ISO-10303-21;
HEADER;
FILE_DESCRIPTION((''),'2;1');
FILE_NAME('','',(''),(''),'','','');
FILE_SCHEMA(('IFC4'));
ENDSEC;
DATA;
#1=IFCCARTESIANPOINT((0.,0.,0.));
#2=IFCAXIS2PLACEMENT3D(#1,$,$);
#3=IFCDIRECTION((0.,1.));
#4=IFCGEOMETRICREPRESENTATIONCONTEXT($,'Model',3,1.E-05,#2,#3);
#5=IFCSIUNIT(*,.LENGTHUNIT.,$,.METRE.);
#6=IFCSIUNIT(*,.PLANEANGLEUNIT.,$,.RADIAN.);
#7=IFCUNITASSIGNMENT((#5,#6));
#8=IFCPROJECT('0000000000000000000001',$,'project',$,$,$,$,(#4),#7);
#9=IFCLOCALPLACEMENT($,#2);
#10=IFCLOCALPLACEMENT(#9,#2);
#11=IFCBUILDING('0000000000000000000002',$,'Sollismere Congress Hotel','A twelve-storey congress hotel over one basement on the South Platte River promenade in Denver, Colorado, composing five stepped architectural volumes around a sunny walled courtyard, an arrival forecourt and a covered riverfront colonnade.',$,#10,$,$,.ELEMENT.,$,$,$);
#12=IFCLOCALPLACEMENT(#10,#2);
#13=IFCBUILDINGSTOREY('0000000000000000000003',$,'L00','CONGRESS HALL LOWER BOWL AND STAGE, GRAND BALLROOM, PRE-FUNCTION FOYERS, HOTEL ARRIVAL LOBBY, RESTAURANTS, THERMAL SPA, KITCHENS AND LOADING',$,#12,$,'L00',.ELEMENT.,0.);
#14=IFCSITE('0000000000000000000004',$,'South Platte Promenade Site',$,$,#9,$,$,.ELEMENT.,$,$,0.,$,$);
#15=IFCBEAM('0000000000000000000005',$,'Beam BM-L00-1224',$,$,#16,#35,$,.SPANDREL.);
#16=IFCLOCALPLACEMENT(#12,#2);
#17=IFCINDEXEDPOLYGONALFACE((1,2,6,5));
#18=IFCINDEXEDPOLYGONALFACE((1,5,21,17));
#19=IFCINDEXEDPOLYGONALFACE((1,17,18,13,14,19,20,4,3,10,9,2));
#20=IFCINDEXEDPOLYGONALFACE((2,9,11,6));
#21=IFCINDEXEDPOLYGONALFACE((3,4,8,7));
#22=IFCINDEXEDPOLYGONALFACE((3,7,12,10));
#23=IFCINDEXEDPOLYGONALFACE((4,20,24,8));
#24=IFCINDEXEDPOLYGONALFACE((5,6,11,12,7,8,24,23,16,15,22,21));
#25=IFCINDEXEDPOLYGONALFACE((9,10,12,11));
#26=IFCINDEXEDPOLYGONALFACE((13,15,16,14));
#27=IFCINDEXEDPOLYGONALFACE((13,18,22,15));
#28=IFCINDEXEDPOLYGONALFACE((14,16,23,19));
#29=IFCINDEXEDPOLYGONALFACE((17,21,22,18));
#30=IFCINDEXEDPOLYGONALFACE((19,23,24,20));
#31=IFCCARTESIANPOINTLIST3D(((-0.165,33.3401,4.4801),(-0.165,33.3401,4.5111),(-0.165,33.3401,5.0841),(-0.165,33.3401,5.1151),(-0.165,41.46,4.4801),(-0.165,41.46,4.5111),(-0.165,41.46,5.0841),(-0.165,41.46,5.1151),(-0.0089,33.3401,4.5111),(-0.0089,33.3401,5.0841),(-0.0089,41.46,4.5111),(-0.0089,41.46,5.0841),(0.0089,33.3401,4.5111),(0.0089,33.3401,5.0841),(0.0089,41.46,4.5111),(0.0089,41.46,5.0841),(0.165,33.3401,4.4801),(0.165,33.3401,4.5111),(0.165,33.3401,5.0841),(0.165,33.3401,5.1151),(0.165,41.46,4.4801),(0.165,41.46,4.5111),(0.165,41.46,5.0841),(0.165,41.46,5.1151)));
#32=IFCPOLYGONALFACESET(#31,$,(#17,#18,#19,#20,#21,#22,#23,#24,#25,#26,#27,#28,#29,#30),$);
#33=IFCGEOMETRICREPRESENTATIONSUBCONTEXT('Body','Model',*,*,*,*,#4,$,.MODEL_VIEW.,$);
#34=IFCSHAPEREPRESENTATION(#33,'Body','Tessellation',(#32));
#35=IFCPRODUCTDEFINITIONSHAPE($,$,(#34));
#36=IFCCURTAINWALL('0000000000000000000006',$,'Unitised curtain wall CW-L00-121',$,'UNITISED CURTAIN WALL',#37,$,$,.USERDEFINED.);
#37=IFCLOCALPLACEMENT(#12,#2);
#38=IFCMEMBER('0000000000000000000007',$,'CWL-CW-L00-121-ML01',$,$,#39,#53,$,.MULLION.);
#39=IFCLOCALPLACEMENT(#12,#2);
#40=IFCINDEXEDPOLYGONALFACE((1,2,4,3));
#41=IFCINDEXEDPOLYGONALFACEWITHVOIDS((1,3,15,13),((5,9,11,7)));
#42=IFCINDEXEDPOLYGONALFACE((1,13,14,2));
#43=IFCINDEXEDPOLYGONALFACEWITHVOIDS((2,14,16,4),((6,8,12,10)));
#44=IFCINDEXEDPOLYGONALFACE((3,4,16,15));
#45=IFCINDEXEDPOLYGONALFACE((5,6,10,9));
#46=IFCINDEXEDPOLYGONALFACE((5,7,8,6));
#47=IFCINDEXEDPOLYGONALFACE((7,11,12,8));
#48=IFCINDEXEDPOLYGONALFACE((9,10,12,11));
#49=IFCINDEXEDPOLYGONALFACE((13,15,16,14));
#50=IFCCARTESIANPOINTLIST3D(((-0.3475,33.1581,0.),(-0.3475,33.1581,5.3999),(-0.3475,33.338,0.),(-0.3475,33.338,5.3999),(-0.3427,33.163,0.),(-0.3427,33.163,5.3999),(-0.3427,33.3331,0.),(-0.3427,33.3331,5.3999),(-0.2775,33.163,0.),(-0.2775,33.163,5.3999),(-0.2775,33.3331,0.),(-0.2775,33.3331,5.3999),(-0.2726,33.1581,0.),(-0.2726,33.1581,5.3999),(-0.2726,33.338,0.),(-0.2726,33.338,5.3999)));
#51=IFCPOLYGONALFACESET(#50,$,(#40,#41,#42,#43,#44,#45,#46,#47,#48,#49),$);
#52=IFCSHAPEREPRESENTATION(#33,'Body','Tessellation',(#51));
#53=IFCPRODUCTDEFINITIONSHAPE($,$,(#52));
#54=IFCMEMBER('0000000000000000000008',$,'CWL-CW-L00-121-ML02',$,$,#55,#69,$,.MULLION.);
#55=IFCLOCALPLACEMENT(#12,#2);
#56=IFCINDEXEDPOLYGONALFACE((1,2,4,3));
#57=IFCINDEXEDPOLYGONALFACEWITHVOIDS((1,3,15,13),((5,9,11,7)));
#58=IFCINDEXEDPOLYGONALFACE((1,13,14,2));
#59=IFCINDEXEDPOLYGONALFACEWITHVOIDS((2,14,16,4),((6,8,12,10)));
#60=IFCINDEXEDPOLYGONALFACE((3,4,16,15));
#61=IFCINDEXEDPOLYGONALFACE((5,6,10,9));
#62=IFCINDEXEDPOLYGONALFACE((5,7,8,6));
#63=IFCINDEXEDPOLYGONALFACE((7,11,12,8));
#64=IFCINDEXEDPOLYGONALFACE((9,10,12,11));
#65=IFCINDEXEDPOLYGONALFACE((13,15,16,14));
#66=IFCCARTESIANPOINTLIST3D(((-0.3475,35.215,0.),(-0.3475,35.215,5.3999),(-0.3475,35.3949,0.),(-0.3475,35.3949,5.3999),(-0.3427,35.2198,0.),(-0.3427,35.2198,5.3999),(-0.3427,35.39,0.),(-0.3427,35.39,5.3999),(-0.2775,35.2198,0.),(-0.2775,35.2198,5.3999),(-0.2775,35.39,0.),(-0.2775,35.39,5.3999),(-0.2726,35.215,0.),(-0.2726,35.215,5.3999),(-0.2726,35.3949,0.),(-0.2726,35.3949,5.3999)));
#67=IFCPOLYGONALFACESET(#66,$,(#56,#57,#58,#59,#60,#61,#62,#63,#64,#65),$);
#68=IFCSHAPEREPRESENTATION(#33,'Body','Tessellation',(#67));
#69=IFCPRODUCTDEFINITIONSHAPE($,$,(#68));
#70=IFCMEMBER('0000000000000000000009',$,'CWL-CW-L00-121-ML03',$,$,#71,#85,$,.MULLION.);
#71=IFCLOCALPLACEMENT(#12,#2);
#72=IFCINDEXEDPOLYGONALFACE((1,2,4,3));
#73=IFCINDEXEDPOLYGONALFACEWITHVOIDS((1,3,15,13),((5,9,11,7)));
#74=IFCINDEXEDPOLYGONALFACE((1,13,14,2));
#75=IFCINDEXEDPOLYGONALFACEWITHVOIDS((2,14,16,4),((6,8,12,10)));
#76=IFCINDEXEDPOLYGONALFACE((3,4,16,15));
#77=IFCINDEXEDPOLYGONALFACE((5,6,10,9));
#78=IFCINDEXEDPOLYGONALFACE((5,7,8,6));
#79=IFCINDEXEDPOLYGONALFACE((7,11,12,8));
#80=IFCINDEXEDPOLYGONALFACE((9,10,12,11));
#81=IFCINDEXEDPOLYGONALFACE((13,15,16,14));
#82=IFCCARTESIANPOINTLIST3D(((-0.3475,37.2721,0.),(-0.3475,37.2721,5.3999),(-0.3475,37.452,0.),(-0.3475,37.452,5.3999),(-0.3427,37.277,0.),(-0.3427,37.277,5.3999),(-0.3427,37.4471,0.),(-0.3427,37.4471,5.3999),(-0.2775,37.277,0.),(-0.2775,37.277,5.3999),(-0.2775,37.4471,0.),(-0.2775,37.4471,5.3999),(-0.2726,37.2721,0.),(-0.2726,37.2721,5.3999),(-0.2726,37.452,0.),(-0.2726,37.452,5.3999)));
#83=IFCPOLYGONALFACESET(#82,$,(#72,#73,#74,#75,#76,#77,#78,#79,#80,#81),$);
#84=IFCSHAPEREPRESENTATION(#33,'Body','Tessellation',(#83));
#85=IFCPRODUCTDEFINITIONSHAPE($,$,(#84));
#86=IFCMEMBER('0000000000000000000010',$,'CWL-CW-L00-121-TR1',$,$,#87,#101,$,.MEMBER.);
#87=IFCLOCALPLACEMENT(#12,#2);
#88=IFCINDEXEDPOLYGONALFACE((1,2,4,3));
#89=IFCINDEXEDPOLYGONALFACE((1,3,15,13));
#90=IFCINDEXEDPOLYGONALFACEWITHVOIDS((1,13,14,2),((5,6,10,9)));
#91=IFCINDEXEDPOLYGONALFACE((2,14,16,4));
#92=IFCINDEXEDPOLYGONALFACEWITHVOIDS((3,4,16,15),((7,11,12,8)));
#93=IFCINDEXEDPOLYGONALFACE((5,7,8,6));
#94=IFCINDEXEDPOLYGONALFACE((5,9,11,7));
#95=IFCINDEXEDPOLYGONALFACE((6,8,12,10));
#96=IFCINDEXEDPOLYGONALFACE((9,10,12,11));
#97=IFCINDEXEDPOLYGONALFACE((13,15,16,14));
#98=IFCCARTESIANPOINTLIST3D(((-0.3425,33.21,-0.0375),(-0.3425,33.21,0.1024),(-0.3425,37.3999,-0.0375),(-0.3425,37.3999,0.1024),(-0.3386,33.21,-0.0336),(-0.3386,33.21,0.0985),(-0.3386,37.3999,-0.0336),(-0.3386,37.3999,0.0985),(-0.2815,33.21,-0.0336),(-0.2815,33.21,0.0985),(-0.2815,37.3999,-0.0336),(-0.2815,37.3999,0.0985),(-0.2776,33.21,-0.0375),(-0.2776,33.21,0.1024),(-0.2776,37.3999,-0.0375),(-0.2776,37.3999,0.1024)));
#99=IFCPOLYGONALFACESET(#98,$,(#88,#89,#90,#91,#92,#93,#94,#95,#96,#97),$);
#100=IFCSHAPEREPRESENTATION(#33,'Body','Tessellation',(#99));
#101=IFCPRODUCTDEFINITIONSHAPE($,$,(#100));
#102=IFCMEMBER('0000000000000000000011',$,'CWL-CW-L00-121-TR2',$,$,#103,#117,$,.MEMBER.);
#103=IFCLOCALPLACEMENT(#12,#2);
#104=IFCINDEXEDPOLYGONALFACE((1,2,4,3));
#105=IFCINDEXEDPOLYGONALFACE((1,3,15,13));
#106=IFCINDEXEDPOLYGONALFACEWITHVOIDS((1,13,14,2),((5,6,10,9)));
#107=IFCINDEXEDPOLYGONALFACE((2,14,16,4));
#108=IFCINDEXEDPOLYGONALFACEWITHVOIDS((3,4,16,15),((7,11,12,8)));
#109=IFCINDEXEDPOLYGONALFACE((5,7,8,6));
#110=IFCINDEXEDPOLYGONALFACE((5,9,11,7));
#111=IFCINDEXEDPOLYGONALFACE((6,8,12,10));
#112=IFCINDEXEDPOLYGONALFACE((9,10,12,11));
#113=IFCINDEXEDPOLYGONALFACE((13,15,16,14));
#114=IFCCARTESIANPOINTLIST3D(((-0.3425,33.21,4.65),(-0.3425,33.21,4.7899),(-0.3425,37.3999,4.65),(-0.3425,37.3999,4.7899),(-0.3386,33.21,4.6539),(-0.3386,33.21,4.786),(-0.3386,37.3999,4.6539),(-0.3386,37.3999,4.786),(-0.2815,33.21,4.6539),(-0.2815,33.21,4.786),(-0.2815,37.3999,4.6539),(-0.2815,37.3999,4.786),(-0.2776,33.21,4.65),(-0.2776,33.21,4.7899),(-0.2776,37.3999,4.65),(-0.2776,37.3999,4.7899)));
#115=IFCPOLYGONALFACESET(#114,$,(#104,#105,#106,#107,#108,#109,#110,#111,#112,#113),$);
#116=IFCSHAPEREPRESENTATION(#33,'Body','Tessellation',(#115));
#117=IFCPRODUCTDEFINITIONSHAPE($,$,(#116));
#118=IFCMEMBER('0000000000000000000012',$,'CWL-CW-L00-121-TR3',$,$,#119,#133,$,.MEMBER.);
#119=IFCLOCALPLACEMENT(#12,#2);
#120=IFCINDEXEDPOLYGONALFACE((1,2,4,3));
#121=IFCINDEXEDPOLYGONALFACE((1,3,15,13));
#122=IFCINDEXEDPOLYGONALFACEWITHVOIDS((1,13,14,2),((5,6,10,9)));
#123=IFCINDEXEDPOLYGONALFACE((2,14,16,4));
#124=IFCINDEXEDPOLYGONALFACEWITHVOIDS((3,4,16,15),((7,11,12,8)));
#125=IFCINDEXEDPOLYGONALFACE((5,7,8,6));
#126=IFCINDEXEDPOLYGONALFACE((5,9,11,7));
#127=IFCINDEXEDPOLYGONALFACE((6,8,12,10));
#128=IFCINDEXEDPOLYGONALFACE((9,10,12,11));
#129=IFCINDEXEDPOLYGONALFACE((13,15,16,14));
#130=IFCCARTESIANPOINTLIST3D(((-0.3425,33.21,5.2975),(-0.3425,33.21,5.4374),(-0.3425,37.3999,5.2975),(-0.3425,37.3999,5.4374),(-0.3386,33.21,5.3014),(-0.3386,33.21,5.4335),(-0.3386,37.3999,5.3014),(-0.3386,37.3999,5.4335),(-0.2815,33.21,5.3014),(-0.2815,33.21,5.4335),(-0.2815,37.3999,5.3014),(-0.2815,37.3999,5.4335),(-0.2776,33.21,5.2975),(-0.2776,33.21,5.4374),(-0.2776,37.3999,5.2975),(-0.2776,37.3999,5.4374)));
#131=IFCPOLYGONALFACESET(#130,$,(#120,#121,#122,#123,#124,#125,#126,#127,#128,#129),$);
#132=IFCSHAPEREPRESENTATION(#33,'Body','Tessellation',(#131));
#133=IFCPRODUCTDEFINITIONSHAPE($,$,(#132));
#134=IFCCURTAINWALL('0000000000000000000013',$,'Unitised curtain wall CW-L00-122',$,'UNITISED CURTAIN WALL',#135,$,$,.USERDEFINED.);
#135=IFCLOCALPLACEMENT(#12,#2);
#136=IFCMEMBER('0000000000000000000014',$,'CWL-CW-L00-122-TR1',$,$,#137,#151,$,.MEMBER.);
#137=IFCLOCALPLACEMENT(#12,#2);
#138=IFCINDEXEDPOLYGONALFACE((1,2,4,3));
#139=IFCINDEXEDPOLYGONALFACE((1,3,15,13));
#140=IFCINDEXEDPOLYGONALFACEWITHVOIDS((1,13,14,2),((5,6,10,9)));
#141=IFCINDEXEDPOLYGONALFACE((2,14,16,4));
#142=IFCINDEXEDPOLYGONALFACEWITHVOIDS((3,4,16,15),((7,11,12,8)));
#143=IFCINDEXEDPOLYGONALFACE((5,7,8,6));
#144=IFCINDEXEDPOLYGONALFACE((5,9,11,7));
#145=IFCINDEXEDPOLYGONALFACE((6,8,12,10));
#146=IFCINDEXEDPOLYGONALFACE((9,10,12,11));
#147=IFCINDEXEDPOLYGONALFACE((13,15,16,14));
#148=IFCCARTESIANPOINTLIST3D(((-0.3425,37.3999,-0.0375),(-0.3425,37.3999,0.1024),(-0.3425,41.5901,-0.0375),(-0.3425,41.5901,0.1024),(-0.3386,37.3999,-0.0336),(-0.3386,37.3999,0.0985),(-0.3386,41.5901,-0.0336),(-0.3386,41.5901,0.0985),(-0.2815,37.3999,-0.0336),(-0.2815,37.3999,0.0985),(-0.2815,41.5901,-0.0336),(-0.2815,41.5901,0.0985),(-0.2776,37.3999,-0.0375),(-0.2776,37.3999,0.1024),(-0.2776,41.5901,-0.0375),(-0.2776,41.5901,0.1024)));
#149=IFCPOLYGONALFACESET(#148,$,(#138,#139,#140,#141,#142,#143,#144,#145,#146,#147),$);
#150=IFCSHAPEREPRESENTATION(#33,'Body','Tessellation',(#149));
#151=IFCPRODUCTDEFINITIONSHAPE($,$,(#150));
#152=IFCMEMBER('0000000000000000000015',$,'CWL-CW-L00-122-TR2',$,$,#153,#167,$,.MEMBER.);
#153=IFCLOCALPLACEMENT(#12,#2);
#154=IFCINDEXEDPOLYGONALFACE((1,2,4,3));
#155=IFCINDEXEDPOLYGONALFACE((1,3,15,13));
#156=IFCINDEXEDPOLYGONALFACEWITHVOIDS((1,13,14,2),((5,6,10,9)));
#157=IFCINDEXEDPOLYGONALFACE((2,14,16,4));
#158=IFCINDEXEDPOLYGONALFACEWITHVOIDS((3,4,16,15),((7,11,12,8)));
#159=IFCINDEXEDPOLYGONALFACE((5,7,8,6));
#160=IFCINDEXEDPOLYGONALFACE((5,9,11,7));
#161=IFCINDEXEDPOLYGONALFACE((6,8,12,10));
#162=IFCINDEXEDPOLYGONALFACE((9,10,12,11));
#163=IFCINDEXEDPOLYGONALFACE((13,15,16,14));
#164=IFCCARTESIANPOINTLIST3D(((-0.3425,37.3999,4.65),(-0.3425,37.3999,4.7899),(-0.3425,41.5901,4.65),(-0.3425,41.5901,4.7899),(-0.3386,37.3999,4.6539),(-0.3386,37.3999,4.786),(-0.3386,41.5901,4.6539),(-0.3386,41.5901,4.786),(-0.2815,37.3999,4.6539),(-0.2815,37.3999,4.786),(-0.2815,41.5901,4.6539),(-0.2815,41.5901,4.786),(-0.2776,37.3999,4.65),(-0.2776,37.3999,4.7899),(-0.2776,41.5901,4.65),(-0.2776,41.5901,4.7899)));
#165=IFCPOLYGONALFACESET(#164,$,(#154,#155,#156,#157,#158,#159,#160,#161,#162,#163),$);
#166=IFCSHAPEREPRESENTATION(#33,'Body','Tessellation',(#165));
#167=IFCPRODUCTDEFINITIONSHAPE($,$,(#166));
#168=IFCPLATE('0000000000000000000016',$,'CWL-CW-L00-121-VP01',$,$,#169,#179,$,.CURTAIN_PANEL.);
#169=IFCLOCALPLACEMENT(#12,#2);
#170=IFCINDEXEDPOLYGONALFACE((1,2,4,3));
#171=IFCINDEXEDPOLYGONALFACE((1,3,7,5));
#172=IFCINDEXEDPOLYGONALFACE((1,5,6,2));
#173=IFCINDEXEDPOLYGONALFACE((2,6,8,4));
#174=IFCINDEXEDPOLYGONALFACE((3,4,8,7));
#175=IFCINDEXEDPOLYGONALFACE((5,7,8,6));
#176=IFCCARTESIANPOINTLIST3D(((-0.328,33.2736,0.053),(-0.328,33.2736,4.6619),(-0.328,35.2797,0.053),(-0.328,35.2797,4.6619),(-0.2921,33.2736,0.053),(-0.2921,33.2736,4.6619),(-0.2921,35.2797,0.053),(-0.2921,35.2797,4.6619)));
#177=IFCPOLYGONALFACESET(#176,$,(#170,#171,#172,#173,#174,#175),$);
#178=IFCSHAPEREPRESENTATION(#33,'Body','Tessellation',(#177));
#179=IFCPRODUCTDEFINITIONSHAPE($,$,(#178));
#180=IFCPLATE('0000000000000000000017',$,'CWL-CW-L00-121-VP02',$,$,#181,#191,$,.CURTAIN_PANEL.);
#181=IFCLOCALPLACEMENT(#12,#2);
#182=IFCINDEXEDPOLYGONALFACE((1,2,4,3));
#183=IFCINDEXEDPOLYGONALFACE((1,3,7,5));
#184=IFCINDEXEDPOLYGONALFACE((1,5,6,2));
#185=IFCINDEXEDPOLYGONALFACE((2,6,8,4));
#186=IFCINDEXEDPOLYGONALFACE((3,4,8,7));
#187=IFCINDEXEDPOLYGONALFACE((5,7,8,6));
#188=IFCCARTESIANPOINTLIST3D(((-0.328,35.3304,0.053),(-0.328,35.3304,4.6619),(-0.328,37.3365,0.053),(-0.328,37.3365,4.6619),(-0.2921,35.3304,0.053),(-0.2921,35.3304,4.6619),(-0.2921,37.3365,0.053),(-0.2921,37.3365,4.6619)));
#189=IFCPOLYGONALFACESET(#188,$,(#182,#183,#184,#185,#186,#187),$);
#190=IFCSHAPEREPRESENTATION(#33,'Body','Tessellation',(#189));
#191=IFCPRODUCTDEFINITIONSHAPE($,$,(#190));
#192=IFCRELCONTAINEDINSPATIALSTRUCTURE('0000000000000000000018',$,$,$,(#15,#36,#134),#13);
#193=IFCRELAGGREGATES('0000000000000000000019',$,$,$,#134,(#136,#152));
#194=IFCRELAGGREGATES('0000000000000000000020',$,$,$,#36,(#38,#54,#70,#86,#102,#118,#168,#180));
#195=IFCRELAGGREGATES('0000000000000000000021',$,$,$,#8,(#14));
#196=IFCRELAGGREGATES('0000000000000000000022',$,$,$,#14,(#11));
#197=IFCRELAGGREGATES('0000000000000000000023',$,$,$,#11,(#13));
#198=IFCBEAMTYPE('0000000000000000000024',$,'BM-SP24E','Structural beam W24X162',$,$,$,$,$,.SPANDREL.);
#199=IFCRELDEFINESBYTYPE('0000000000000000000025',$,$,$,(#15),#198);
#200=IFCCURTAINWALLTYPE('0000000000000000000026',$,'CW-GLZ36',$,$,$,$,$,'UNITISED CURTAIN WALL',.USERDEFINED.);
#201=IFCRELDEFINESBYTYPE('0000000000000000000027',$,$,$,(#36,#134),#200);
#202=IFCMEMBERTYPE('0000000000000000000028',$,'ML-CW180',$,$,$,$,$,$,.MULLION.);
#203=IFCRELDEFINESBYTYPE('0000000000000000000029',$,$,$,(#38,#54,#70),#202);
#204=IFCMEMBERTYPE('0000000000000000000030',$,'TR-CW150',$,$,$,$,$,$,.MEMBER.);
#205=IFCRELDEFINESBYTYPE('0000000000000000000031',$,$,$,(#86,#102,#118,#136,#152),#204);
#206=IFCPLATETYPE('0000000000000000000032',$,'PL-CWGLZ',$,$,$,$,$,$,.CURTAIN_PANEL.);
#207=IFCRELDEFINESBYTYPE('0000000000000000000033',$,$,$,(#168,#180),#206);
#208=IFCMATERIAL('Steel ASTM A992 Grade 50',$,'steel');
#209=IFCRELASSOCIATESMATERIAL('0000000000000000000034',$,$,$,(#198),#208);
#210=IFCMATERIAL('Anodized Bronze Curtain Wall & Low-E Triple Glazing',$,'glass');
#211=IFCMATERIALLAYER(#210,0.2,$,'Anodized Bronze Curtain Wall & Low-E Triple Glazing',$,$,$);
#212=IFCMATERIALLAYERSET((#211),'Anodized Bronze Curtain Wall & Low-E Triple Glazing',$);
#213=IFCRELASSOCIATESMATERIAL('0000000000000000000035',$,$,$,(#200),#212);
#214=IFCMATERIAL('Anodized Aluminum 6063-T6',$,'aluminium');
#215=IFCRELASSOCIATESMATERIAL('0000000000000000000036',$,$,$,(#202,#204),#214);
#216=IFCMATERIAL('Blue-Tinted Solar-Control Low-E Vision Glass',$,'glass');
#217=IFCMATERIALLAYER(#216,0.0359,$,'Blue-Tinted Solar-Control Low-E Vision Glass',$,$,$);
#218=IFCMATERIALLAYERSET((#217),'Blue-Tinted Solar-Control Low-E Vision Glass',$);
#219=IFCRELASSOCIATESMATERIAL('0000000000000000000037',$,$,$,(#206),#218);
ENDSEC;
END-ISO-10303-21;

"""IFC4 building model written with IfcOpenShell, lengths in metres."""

from ifc_helpers import new_model, si_unit, direction, frame, origin, origin_2d, place, context, subcontext, project, spatial, rectangle, hollow_rectangle, i_section, extrude, material, layer, layer_set, material_profile, profile_set, type_object, element, aggregate, save


model = new_model("IFC4")

# Units and contexts
model_context = context("Model", 3, precision=1e-05, world=origin(), true_north=direction((0.0, 1.0)))
body_context = subcontext(model_context, "Body", "Model", "MODEL_VIEW")
ifc_project = project(units=[si_unit("LENGTHUNIT", "METRE"), si_unit("PLANEANGLEUNIT", "RADIAN")], contexts=[model_context])

# Site, building, storey
site_placement = place(None, origin())
site = spatial("IfcSite", under=ifc_project, at=site_placement, Name="South Platte Promenade Site", CompositionType="ELEMENT", RefElevation=0.0)
building_placement = place(site_placement, origin())
building = spatial("IfcBuilding", under=site, at=building_placement, Name="Sollismere Congress Hotel", Description="A twelve-storey congress hotel over one basement on the South Platte River promenade in Denver, Colorado, composing five stepped architectural volumes around a sunny walled courtyard, an arrival forecourt and a covered riverfront colonnade.", CompositionType="ELEMENT")
storey_placement = place(building_placement, origin())
storey = spatial("IfcBuildingStorey", under=building, at=storey_placement, Name="L00", Description="CONGRESS HALL LOWER BOWL AND STAGE, GRAND BALLROOM, PRE-FUNCTION FOYERS, HOTEL ARRIVAL LOBBY, RESTAURANTS, THERMAL SPA, KITCHENS AND LOADING", LongName="L00", CompositionType="ELEMENT", Elevation=0.0)

# Shared definitions
ifc_material_1 = material(Name="Steel ASTM A992 Grade 50", Category="steel")

# Beam
ifc_material_profile_1 = material_profile(ifc_material_1, i_section(OverallWidth=0.3301, OverallDepth=0.635, WebThickness=0.0178, FlangeThickness=0.031, at=origin_2d()), Name="W24X162")
ifc_profile_set_1 = profile_set([ifc_material_profile_1], Name="Steel ASTM A992 Grade 50")
beam_type_1 = type_object("IfcBeamType", Name="BM-SP24E", Description="Structural beam W24X162", PredefinedType="SPANDREL", material=ifc_profile_set_1)
beam_1_placement = place(storey_placement, frame((0.0, 33.3401, 4.7976), z_axis=(0.0, 1.0, 0.0), x_axis=(-1.0, 0.0, 0.0)))
element("IfcBeam", 1, at=beam_1_placement, inside=storey, type_object=beam_type_1, Name="Beam BM-L00-1224", PredefinedType="SPANDREL", context=body_context, shape_type="SweptSolid", body=[
    extrude(i_section(OverallWidth=0.3301, OverallDepth=0.635, WebThickness=0.0178, FlangeThickness=0.031, at=origin_2d()), origin(), (0.0, 0.0, 1.0), 8.1199),
])

# Curtain walls, members
ifc_material_2 = material(Name="Anodized Bronze Curtain Wall & Low-E Triple Glazing", Category="glass")
ifc_layer_1 = layer(ifc_material_2, 0.2, Name="Anodized Bronze Curtain Wall & Low-E Triple Glazing")
ifc_layer_set_1 = layer_set([ifc_layer_1], Name="Anodized Bronze Curtain Wall & Low-E Triple Glazing")
curtain_wall_type = type_object("IfcCurtainWallType", Name="CW-GLZ36", ElementType="UNITISED CURTAIN WALL", PredefinedType="USERDEFINED", material=ifc_layer_set_1)
curtain_wall_1_placement = place(storey_placement, origin())
curtain_wall_1 = element("IfcCurtainWall", 2, at=curtain_wall_1_placement, inside=storey, type_object=curtain_wall_type, Name="Unitised curtain wall CW-L00-121", ObjectType="UNITISED CURTAIN WALL", PredefinedType="USERDEFINED")
ifc_material_3 = material(Name="Anodized Aluminum 6063-T6", Category="aluminium")
ifc_material_profile_2 = material_profile(ifc_material_3, hollow_rectangle(XDim=0.075, YDim=0.1799, WallThickness=0.0049, at=origin_2d()), Name="ALU180X75X5")
ifc_profile_set_2 = profile_set([ifc_material_profile_2], Name="Anodized Aluminum 6063-T6")
member_type_1 = type_object("IfcMemberType", Name="ML-CW180", PredefinedType="MULLION", material=ifc_profile_set_2)
member_1_placement = place(storey_placement, frame((-0.3101, 33.248, 0.0), z_axis=(0.0, 0.0, 1.0), x_axis=(-1.0, 0.0, 0.0)))
member_1 = element("IfcMember", 3, at=member_1_placement, type_object=member_type_1, Name="CWL-CW-L00-121-ML01", PredefinedType="MULLION", context=body_context, shape_type="SweptSolid", body=[
    extrude(hollow_rectangle(XDim=0.075, YDim=0.1799, WallThickness=0.0049, at=origin_2d()), origin(), (0.0, 0.0, 1.0), 5.3999),
])
member_2_placement = place(storey_placement, frame((-0.3101, 35.3049, 0.0), z_axis=(0.0, 0.0, 1.0), x_axis=(-1.0, 0.0, 0.0)))
member_2 = element("IfcMember", 4, at=member_2_placement, type_object=member_type_1, Name="CWL-CW-L00-121-ML02", PredefinedType="MULLION", context=body_context, shape_type="SweptSolid", body=[
    extrude(hollow_rectangle(XDim=0.075, YDim=0.1799, WallThickness=0.0049, at=origin_2d()), origin(), (0.0, 0.0, 1.0), 5.3999),
])
member_3_placement = place(storey_placement, frame((-0.3101, 37.3621, 0.0), z_axis=(0.0, 0.0, 1.0), x_axis=(-1.0, 0.0, 0.0)))
member_3 = element("IfcMember", 5, at=member_3_placement, type_object=member_type_1, Name="CWL-CW-L00-121-ML03", PredefinedType="MULLION", context=body_context, shape_type="SweptSolid", body=[
    extrude(hollow_rectangle(XDim=0.075, YDim=0.1799, WallThickness=0.0049, at=origin_2d()), origin(), (0.0, 0.0, 1.0), 5.3999),
])
ifc_material_profile_3 = material_profile(ifc_material_3, hollow_rectangle(XDim=0.0649, YDim=0.1399, WallThickness=0.0039, at=origin_2d()), Name="ALU140X65X4")
ifc_profile_set_3 = profile_set([ifc_material_profile_3], Name="Anodized Aluminum 6063-T6")
member_type_2 = type_object("IfcMemberType", Name="TR-CW150", PredefinedType="MEMBER", material=ifc_profile_set_3)
member_4_placement = place(storey_placement, frame((-0.3101, 33.21, 0.0325), z_axis=(0.0, 1.0, 0.0), x_axis=(-1.0, 0.0, 0.0)))
member_4 = element("IfcMember", 6, at=member_4_placement, type_object=member_type_2, Name="CWL-CW-L00-121-TR1", PredefinedType="MEMBER", context=body_context, shape_type="SweptSolid", body=[
    extrude(hollow_rectangle(XDim=0.0649, YDim=0.1399, WallThickness=0.0039, at=origin_2d()), origin(), (0.0, 0.0, 1.0), 4.1899),
])
member_5_placement = place(storey_placement, frame((-0.3101, 33.21, 4.72), z_axis=(0.0, 1.0, 0.0), x_axis=(-1.0, 0.0, 0.0)))
member_5 = element("IfcMember", 7, at=member_5_placement, type_object=member_type_2, Name="CWL-CW-L00-121-TR2", PredefinedType="MEMBER", context=body_context, shape_type="SweptSolid", body=[
    extrude(hollow_rectangle(XDim=0.0649, YDim=0.1399, WallThickness=0.0039, at=origin_2d()), origin(), (0.0, 0.0, 1.0), 4.1899),
])
member_6_placement = place(storey_placement, frame((-0.3101, 33.21, 5.3674), z_axis=(0.0, 1.0, 0.0), x_axis=(-1.0, 0.0, 0.0)))
member_6 = element("IfcMember", 8, at=member_6_placement, type_object=member_type_2, Name="CWL-CW-L00-121-TR3", PredefinedType="MEMBER", context=body_context, shape_type="SweptSolid", body=[
    extrude(hollow_rectangle(XDim=0.0649, YDim=0.1399, WallThickness=0.0039, at=origin_2d()), origin(), (0.0, 0.0, 1.0), 4.1899),
])
curtain_wall_2_placement = place(storey_placement, origin())
curtain_wall_2 = element("IfcCurtainWall", 9, at=curtain_wall_2_placement, inside=storey, type_object=curtain_wall_type, Name="Unitised curtain wall CW-L00-122", ObjectType="UNITISED CURTAIN WALL", PredefinedType="USERDEFINED")
member_7_placement = place(storey_placement, frame((-0.3101, 37.3999, 0.0325), z_axis=(0.0, 1.0, 0.0), x_axis=(-1.0, 0.0, 0.0)))
member_7 = element("IfcMember", 10, at=member_7_placement, type_object=member_type_2, Name="CWL-CW-L00-122-TR1", PredefinedType="MEMBER", context=body_context, shape_type="SweptSolid", body=[
    extrude(hollow_rectangle(XDim=0.0649, YDim=0.1399, WallThickness=0.0039, at=origin_2d()), origin(), (0.0, 0.0, 1.0), 4.1902),
])
member_8_placement = place(storey_placement, frame((-0.3101, 37.3999, 4.72), z_axis=(0.0, 1.0, 0.0), x_axis=(-1.0, 0.0, 0.0)))
member_8 = element("IfcMember", 11, at=member_8_placement, type_object=member_type_2, Name="CWL-CW-L00-122-TR2", PredefinedType="MEMBER", context=body_context, shape_type="SweptSolid", body=[
    extrude(hollow_rectangle(XDim=0.0649, YDim=0.1399, WallThickness=0.0039, at=origin_2d()), origin(), (0.0, 0.0, 1.0), 4.1902),
])
aggregate(curtain_wall_2, [member_7, member_8])

# Plates
ifc_material_4 = material(Name="Blue-Tinted Solar-Control Low-E Vision Glass", Category="glass")
ifc_layer_2 = layer(ifc_material_4, 0.0359, Name="Blue-Tinted Solar-Control Low-E Vision Glass")
ifc_layer_set_2 = layer_set([ifc_layer_2], Name="Blue-Tinted Solar-Control Low-E Vision Glass")
plate_type_1 = type_object("IfcPlateType", Name="PL-CWGLZ", PredefinedType="CURTAIN_PANEL", material=ifc_layer_set_2)
plate_1_placement = place(storey_placement, frame((-0.3101, 34.2766, 0.053), z_axis=(0.0, 0.0, 1.0), x_axis=(0.0, 1.0, 0.0)))
plate_1 = element("IfcPlate", 12, at=plate_1_placement, type_object=plate_type_1, Name="CWL-CW-L00-121-VP01", PredefinedType="CURTAIN_PANEL", context=body_context, shape_type="SweptSolid", body=[
    extrude(rectangle(XDim=2.0061, YDim=0.0359, at=origin_2d()), origin(), (0.0, 0.0, 1.0), 4.6089),
])
plate_2_placement = place(storey_placement, frame((-0.3101, 36.3335, 0.053), z_axis=(0.0, 0.0, 1.0), x_axis=(0.0, 1.0, 0.0)))
plate_2 = element("IfcPlate", 13, at=plate_2_placement, type_object=plate_type_1, Name="CWL-CW-L00-121-VP02", PredefinedType="CURTAIN_PANEL", context=body_context, shape_type="SweptSolid", body=[
    extrude(rectangle(XDim=2.0061, YDim=0.0359, at=origin_2d()), origin(), (0.0, 0.0, 1.0), 4.6089),
])
aggregate(curtain_wall_1, [member_1, member_2, member_3, member_4, member_5, member_6, plate_1, plate_2])

save(model, "model.ifc")
